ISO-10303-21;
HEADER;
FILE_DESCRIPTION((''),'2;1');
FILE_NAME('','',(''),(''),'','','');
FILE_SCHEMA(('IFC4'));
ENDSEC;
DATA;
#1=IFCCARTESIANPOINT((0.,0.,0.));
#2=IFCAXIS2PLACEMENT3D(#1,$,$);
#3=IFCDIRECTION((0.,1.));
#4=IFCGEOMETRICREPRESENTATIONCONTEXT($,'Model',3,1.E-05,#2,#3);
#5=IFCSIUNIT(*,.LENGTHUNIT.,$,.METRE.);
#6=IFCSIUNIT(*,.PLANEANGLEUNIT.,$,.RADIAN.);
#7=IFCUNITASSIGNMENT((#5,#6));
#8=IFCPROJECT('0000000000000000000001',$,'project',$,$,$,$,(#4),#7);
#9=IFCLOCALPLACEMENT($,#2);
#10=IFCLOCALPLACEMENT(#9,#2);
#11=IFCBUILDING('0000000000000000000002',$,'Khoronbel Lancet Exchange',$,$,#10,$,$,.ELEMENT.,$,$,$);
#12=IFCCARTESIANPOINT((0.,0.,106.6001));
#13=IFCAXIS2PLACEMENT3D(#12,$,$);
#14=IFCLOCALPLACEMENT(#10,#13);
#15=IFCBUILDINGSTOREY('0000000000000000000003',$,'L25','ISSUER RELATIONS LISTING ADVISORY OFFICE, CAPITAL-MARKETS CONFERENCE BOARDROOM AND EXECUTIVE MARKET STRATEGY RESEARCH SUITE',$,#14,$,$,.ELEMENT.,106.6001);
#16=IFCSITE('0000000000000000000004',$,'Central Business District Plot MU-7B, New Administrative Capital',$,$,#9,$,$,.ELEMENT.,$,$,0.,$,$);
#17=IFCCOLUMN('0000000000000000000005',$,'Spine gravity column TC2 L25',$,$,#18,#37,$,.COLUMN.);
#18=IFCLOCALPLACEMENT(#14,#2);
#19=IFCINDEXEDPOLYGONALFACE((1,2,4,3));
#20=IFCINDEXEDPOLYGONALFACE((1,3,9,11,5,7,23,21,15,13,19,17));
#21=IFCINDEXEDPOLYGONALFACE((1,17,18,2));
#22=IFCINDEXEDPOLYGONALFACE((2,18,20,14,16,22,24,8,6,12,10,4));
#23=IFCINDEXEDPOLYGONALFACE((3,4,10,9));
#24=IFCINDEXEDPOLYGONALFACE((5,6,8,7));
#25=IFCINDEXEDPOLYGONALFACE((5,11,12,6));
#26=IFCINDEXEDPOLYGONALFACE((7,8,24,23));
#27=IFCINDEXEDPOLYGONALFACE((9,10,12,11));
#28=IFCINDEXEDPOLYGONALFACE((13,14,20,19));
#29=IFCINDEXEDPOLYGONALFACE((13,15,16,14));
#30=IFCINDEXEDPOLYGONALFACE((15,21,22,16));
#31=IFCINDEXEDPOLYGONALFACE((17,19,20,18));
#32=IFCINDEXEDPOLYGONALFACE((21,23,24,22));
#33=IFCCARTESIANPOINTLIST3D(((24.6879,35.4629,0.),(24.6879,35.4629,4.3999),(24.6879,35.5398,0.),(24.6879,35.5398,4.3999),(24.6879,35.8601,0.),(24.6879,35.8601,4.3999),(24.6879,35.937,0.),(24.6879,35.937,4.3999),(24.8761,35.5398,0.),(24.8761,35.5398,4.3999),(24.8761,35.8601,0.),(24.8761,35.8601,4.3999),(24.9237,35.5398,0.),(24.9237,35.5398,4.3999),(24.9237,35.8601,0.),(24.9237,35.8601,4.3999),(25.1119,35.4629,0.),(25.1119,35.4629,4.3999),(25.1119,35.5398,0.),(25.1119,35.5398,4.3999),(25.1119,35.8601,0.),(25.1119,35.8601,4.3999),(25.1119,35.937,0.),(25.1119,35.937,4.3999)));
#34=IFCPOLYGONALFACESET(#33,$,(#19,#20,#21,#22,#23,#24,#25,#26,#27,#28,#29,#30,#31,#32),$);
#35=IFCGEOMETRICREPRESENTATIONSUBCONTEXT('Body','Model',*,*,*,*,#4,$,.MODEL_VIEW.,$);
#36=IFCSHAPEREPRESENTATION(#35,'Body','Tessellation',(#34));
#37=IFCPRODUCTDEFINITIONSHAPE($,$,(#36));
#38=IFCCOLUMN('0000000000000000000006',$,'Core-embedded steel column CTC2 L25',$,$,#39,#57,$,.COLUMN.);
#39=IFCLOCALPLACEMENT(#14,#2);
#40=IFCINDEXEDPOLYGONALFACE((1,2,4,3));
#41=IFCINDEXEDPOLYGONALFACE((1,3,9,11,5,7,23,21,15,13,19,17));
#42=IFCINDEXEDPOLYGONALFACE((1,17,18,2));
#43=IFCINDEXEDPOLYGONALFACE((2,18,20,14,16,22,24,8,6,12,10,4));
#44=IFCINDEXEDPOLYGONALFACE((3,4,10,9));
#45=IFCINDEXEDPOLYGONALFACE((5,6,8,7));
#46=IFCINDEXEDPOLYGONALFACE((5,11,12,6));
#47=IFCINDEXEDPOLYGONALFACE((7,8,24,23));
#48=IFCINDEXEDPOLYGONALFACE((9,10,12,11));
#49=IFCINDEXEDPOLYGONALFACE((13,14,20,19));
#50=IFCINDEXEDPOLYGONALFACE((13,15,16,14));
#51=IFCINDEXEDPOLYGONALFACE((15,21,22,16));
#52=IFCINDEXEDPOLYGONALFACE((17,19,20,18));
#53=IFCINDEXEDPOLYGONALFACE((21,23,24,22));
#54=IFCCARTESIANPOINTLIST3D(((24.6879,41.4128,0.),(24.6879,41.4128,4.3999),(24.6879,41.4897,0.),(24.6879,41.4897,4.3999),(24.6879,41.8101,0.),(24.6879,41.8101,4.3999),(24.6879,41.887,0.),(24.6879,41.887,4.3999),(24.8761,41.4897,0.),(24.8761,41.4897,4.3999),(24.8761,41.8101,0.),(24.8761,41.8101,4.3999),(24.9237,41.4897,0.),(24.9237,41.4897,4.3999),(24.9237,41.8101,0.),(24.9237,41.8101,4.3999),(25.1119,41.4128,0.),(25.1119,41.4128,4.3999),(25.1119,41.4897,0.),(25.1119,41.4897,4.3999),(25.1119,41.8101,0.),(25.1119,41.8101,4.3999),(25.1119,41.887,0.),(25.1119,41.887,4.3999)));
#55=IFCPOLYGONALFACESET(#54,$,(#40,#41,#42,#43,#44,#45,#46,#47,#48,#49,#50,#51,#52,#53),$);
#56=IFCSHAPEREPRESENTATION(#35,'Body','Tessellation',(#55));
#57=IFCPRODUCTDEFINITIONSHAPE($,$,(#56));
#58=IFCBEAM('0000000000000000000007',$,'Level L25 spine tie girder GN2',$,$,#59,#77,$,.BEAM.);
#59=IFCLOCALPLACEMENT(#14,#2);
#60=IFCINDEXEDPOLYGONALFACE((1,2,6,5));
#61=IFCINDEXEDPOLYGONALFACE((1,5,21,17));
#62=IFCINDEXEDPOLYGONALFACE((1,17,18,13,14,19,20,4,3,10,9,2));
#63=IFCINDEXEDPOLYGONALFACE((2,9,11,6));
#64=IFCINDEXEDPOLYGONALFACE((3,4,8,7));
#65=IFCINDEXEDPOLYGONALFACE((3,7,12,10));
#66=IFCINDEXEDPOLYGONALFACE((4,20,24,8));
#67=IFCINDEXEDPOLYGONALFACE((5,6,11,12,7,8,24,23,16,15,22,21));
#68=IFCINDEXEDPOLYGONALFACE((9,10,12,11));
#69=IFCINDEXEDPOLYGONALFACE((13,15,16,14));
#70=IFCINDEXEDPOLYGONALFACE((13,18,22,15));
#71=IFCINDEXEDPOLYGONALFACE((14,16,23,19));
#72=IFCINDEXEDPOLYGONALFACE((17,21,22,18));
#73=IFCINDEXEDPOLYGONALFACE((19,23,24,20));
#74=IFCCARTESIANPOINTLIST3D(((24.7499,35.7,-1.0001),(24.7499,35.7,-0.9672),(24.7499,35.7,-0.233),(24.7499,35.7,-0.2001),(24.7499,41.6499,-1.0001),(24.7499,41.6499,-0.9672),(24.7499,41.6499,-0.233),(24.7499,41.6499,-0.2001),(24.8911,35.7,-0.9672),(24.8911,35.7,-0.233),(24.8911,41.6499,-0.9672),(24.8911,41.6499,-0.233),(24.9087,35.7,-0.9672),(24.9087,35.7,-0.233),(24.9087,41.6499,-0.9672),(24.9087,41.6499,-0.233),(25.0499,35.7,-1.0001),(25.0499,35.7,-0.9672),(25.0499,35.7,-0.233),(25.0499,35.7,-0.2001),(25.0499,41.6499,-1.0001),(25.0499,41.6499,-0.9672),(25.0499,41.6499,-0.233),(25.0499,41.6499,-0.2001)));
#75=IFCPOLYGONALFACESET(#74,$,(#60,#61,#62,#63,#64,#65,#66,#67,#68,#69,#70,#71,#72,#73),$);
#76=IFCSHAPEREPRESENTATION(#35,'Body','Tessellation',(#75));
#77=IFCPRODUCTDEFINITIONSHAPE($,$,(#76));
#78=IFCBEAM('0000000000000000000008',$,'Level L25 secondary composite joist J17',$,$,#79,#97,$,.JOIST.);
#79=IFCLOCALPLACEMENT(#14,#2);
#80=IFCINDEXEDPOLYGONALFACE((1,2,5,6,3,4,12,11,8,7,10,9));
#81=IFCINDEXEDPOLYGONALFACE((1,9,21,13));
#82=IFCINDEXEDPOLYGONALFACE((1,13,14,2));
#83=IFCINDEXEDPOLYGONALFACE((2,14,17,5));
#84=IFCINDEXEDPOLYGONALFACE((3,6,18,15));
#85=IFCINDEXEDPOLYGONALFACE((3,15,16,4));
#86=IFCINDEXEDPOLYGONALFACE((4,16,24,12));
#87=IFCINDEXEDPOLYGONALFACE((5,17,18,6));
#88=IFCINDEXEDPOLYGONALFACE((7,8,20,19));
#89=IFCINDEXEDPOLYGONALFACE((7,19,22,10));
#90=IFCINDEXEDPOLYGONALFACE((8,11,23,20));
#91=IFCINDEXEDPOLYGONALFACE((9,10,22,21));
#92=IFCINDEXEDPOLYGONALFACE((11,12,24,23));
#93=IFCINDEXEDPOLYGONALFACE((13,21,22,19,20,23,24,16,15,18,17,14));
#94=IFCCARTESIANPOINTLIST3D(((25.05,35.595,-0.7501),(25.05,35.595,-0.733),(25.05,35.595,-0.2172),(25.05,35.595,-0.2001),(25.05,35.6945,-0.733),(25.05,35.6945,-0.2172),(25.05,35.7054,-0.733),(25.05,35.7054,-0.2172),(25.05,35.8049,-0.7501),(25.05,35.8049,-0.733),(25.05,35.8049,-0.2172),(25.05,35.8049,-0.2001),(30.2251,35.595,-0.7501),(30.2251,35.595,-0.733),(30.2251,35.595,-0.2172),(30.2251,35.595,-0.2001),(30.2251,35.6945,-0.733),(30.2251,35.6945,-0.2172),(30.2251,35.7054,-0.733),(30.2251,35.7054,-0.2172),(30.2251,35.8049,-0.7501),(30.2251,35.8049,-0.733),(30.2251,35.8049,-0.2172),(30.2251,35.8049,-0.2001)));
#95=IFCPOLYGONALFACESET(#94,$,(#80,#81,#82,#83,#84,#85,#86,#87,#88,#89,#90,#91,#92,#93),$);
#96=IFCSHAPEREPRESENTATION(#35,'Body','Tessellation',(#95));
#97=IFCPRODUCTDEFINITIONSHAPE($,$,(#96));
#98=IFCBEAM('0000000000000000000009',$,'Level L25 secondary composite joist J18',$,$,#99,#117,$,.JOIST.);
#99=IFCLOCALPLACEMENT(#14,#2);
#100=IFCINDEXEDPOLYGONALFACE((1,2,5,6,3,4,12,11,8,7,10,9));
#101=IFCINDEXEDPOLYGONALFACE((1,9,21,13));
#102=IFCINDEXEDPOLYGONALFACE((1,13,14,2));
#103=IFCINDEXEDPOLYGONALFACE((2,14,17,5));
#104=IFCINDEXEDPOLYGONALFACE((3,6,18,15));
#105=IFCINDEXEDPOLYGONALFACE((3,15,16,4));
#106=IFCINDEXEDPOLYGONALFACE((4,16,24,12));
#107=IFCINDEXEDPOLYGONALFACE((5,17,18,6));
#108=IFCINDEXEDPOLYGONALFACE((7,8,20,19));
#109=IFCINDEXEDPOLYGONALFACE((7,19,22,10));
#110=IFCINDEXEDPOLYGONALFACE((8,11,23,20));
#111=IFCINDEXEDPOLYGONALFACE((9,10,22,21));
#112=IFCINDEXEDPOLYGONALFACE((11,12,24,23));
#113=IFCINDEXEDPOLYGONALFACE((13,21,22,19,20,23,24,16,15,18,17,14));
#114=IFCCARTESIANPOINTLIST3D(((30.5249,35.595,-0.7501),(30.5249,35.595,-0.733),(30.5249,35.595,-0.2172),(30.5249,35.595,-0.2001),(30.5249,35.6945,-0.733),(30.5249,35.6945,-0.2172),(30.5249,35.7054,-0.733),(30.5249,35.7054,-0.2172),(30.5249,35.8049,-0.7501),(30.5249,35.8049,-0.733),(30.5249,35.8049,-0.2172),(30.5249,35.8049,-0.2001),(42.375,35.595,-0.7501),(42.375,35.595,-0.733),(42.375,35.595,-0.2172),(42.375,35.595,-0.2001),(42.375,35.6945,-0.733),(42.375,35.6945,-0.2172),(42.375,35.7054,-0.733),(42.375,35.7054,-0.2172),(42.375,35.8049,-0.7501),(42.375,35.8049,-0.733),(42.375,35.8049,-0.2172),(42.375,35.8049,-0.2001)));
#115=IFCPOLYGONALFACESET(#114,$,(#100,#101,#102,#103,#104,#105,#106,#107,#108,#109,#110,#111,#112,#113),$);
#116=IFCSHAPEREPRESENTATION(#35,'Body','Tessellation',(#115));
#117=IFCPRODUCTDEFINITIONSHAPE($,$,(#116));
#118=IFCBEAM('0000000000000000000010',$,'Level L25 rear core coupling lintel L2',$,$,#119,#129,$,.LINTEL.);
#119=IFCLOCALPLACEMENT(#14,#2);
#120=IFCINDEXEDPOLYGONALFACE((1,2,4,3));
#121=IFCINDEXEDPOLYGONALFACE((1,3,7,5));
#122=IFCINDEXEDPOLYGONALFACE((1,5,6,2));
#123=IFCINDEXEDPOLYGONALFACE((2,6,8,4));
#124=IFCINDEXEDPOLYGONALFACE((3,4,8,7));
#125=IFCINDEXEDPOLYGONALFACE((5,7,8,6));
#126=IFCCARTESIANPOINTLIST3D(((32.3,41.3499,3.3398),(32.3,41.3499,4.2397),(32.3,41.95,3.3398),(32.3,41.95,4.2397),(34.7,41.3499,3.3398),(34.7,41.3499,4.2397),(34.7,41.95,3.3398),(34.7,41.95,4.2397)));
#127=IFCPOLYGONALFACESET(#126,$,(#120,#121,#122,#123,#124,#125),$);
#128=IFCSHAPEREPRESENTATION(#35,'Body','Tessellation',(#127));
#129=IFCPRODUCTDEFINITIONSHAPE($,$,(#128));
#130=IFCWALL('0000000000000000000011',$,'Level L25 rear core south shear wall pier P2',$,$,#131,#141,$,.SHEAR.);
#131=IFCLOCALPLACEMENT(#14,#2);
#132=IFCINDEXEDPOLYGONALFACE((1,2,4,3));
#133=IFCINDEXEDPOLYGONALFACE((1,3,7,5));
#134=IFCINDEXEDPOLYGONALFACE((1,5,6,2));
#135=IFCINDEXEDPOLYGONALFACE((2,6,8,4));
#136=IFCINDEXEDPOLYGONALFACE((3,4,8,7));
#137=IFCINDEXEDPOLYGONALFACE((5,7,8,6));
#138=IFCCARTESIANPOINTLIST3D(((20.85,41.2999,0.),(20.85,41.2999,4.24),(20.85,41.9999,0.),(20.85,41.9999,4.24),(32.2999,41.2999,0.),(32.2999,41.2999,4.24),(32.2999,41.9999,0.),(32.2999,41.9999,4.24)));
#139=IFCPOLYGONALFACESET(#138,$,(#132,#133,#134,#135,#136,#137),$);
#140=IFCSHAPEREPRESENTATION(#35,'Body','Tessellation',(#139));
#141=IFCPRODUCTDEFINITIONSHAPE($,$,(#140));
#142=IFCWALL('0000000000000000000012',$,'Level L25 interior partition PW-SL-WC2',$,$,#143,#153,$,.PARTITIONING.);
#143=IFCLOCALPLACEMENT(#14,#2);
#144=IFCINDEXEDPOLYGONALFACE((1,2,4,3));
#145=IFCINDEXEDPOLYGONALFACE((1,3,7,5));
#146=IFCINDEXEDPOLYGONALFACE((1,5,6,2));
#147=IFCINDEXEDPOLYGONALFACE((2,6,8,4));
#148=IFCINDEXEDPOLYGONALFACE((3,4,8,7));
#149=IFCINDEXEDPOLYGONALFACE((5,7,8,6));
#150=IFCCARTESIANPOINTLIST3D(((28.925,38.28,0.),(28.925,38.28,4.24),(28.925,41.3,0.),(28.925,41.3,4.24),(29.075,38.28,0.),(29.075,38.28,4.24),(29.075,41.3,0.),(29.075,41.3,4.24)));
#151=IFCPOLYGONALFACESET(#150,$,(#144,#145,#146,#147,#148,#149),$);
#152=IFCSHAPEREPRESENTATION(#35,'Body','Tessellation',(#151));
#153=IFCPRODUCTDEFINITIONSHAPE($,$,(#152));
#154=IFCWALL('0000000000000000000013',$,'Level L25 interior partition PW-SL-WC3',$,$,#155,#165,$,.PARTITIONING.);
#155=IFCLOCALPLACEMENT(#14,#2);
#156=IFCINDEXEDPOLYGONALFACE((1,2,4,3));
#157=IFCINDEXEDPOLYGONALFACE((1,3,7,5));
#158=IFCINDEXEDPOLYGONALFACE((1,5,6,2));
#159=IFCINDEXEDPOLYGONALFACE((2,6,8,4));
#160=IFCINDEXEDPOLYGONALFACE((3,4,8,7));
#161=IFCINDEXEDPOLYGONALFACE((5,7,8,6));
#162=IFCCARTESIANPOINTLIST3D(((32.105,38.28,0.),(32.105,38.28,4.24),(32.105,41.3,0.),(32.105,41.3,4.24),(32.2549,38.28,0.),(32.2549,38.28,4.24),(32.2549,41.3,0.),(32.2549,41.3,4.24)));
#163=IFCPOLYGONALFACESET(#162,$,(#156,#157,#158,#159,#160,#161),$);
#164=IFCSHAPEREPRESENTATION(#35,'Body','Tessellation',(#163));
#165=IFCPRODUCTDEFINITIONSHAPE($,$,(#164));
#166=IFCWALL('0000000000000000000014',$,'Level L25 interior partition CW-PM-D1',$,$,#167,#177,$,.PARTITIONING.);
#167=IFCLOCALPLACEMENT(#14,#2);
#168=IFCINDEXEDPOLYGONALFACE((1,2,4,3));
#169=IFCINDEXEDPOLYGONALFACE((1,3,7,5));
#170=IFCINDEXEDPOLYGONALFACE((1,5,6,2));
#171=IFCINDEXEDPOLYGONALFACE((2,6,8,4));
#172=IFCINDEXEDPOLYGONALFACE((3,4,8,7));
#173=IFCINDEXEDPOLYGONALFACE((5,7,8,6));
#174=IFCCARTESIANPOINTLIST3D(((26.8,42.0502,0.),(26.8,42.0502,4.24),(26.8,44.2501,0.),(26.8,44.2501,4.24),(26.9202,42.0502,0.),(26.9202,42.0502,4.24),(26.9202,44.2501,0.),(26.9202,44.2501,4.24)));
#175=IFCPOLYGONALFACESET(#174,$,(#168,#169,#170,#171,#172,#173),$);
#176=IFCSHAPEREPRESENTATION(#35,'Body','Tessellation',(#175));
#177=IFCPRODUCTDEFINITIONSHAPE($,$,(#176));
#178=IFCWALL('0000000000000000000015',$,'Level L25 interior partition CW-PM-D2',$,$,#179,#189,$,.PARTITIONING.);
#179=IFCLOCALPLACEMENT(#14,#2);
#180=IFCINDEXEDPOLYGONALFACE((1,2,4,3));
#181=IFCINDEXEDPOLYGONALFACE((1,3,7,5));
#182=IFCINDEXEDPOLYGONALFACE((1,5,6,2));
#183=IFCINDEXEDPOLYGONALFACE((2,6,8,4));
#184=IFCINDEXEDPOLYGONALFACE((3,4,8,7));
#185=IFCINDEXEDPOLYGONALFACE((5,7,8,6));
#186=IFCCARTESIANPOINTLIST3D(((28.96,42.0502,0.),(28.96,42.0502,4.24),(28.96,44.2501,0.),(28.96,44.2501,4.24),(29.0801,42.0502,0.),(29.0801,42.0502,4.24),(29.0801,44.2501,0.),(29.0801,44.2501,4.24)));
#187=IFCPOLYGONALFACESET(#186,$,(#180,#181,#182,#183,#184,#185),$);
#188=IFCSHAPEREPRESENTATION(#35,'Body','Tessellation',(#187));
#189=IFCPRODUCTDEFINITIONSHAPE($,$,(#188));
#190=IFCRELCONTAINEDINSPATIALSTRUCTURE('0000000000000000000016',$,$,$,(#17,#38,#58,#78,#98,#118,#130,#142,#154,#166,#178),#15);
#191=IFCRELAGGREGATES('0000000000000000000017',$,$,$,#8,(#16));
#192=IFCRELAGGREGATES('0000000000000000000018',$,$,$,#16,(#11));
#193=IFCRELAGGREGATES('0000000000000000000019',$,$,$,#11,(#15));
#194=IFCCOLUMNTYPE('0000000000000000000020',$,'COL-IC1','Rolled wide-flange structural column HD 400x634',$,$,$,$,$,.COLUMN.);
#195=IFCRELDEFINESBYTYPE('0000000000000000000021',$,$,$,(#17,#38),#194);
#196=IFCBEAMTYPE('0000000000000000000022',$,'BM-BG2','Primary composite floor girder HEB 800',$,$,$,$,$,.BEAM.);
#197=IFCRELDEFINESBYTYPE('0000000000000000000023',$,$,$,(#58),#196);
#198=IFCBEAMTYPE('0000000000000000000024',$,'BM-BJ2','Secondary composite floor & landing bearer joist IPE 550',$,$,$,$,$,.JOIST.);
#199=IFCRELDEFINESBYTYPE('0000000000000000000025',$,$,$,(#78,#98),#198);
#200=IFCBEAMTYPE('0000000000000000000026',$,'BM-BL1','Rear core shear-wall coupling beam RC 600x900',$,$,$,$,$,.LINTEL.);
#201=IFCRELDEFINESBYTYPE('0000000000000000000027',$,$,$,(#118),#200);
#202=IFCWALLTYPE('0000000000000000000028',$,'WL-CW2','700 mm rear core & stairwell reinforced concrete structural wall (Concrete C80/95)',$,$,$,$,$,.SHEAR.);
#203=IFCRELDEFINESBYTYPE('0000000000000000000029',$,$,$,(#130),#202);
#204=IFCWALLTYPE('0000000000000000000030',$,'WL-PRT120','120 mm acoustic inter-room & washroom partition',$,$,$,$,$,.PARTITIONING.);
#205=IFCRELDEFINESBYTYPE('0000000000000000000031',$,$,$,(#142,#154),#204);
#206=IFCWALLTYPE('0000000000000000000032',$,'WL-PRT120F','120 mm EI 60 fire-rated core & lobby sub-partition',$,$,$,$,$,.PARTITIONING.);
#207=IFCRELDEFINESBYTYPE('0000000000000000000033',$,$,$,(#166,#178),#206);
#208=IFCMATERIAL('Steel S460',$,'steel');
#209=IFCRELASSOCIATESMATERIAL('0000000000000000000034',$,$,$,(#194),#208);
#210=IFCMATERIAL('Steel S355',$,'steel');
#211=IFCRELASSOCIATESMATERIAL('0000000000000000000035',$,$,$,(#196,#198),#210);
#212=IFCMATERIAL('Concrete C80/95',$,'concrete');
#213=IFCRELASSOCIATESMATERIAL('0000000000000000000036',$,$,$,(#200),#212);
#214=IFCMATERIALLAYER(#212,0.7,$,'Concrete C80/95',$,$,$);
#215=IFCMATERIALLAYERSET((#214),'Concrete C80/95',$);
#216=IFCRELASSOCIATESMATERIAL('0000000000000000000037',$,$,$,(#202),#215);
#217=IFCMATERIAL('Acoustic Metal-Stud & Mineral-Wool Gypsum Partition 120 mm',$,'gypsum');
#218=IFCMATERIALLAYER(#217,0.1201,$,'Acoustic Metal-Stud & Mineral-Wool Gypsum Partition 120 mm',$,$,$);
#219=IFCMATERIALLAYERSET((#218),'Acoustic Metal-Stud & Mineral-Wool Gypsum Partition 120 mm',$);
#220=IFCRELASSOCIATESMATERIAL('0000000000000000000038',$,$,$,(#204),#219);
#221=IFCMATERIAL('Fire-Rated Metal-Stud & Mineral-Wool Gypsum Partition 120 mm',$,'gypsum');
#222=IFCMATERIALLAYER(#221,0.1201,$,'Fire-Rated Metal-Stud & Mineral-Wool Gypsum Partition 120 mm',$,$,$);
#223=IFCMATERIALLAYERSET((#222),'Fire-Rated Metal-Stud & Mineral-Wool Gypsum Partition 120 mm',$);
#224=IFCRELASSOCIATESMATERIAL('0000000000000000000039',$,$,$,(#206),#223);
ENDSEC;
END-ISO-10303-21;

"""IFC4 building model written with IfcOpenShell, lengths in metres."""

from ifc_helpers import new_model, si_unit, direction, frame, frame_2d, origin, origin_2d, place, context, subcontext, project, spatial, rectangle, i_section, extrude, material, layer, layer_set, material_profile, profile_set, type_object, element, save


model = new_model("IFC4")

# Units and contexts
model_context = context("Model", 3, precision=1e-05, world=origin(), true_north=direction((0.0, 1.0)))
body_context = subcontext(model_context, "Body", "Model", "MODEL_VIEW")
ifc_project = project(units=[si_unit("LENGTHUNIT", "METRE"), si_unit("PLANEANGLEUNIT", "RADIAN")], contexts=[model_context])

# Site, building, storey
site_placement = place(None, origin())
site = spatial("IfcSite", under=ifc_project, at=site_placement, Name="Central Business District Plot MU-7B, New Administrative Capital", CompositionType="ELEMENT", RefElevation=0.0)
building_placement = place(site_placement, origin())
building = spatial("IfcBuilding", under=site, at=building_placement, Name="Khoronbel Lancet Exchange", CompositionType="ELEMENT")
storey_placement = place(building_placement, frame((0.0, 0.0, 106.6001)))
storey = spatial("IfcBuildingStorey", under=building, at=storey_placement, Name="L25", Description="ISSUER RELATIONS LISTING ADVISORY OFFICE, CAPITAL-MARKETS CONFERENCE BOARDROOM AND EXECUTIVE MARKET STRATEGY RESEARCH SUITE", CompositionType="ELEMENT", Elevation=106.6001)

# Columns
ifc_material_1 = material(Name="Steel S460", Category="steel")
ifc_material_profile_1 = material_profile(ifc_material_1, i_section(OverallWidth=0.4241, OverallDepth=0.4741, WebThickness=0.0476, FlangeThickness=0.0769, at=origin_2d()), Name="HD 400x634")
ifc_profile_set_1 = profile_set([ifc_material_profile_1], Name="Steel S460")
column_type = type_object("IfcColumnType", Name="COL-IC1", Description="Rolled wide-flange structural column HD 400x634", PredefinedType="COLUMN", material=ifc_profile_set_1)
for number, where, z_axis, x_axis, name in (
    (1, (24.8999, 35.7, 0.0), (0.0, 0.0, 1.0), (1.0, 0.0, 0.0), "Spine gravity column TC2 L25"),
    (2, (24.8999, 41.6499, 0.0), (0.0, 0.0, 1.0), (1.0, 0.0, 0.0), "Core-embedded steel column CTC2 L25"),
):
    element("IfcColumn", number, at=place(storey_placement, frame(where, z_axis=z_axis, x_axis=x_axis)), inside=storey, type_object=column_type, Name=name, PredefinedType="COLUMN", context=body_context, shape_type="SweptSolid", body=[
        extrude(i_section(OverallWidth=0.4241, OverallDepth=0.4741, WebThickness=0.0476, FlangeThickness=0.0769, at=origin_2d()), origin(), (0.0, 0.0, 1.0), 4.3999),
    ])

# Beams
ifc_material_2 = material(Name="Steel S355", Category="steel")
ifc_material_profile_2 = material_profile(ifc_material_2, i_section(OverallWidth=0.3, OverallDepth=0.8, WebThickness=0.0176, FlangeThickness=0.033, at=origin_2d()), Name="HEB 800")
ifc_profile_set_2 = profile_set([ifc_material_profile_2], Name="Steel S355")
beam_type_1 = type_object("IfcBeamType", Name="BM-BG2", Description="Primary composite floor girder HEB 800", PredefinedType="BEAM", material=ifc_profile_set_2)
beam_1_placement = place(storey_placement, frame((24.8999, 35.7, -0.6001), z_axis=(0.0, 1.0, 0.0), x_axis=(-1.0, 0.0, 0.0)))
element("IfcBeam", 3, at=beam_1_placement, inside=storey, type_object=beam_type_1, Name="Level L25 spine tie girder GN2", PredefinedType="BEAM", context=body_context, shape_type="SweptSolid", body=[
    extrude(i_section(OverallWidth=0.3, OverallDepth=0.8, WebThickness=0.0176, FlangeThickness=0.033, at=origin_2d()), origin(), (0.0, 0.0, 1.0), 5.95),
])
ifc_material_profile_3 = material_profile(ifc_material_2, i_section(OverallWidth=0.21, OverallDepth=0.55, WebThickness=0.011, FlangeThickness=0.0171, at=origin_2d()), Name="IPE 550")
ifc_profile_set_3 = profile_set([ifc_material_profile_3], Name="Steel S355")
beam_type_2 = type_object("IfcBeamType", Name="BM-BJ2", Description="Secondary composite floor & landing bearer joist IPE 550", PredefinedType="JOIST", material=ifc_profile_set_3)
beam_2_placement = place(storey_placement, frame((25.05, 35.7, -0.4751), z_axis=(1.0, 0.0, 0.0), x_axis=(0.0, 1.0, 0.0)))
element("IfcBeam", 4, at=beam_2_placement, inside=storey, type_object=beam_type_2, Name="Level L25 secondary composite joist J17", PredefinedType="JOIST", context=body_context, shape_type="SweptSolid", body=[
    extrude(i_section(OverallWidth=0.21, OverallDepth=0.55, WebThickness=0.011, FlangeThickness=0.0171, at=origin_2d()), origin(), (0.0, 0.0, 1.0), 5.175),
])
beam_3_placement = place(storey_placement, frame((30.5249, 35.7, -0.4751), z_axis=(1.0, 0.0, 0.0), x_axis=(0.0, 1.0, 0.0)))
element("IfcBeam", 5, at=beam_3_placement, inside=storey, type_object=beam_type_2, Name="Level L25 secondary composite joist J18", PredefinedType="JOIST", context=body_context, shape_type="SweptSolid", body=[
    extrude(i_section(OverallWidth=0.21, OverallDepth=0.55, WebThickness=0.011, FlangeThickness=0.0171, at=origin_2d()), origin(), (0.0, 0.0, 1.0), 11.8501),
])
ifc_material_3 = material(Name="Concrete C80/95", Category="concrete")
ifc_material_profile_4 = material_profile(ifc_material_3, rectangle(XDim=0.6001, YDim=0.8999, at=origin_2d()), Name="RC 600x900")
ifc_profile_set_4 = profile_set([ifc_material_profile_4], Name="Concrete C80/95")
beam_type_3 = type_object("IfcBeamType", Name="BM-BL1", Description="Rear core shear-wall coupling beam RC 600x900", PredefinedType="LINTEL", material=ifc_profile_set_4)
beam_4_placement = place(storey_placement, frame((32.3, 41.6499, 3.7898), z_axis=(1.0, 0.0, 0.0), x_axis=(0.0, 1.0, 0.0)))
element("IfcBeam", 6, at=beam_4_placement, inside=storey, type_object=beam_type_3, Name="Level L25 rear core coupling lintel L2", PredefinedType="LINTEL", context=body_context, shape_type="SweptSolid", body=[
    extrude(rectangle(XDim=0.6001, YDim=0.8999, at=origin_2d()), origin(), (0.0, 0.0, 1.0), 2.3999),
])

# Walls
ifc_layer_1 = layer(ifc_material_3, 0.7, Name="Concrete C80/95")
ifc_layer_set_1 = layer_set([ifc_layer_1], Name="Concrete C80/95")
wall_type_1 = type_object("IfcWallType", Name="WL-CW2", Description="700 mm rear core & stairwell reinforced concrete structural wall (Concrete C80/95)", PredefinedType="SHEAR", material=ifc_layer_set_1)
wall_1_placement = place(storey_placement, frame((32.3, 41.6499, 0.0), z_axis=(0.0, 0.0, 1.0), x_axis=(-1.0, 0.0, 0.0)))
element("IfcWall", 7, at=wall_1_placement, inside=storey, type_object=wall_type_1, Name="Level L25 rear core south shear wall pier P2", PredefinedType="SHEAR", context=body_context, shape_type="SweptSolid", body=[
    extrude(rectangle(XDim=11.45, YDim=0.7, at=frame_2d((5.7251, 0.0))), origin(), (0.0, 0.0, 1.0), 4.24),
])
ifc_material_4 = material(Name="Acoustic Metal-Stud & Mineral-Wool Gypsum Partition 120 mm", Category="gypsum")
ifc_layer_2 = layer(ifc_material_4, 0.1201, Name="Acoustic Metal-Stud & Mineral-Wool Gypsum Partition 120 mm")
ifc_layer_set_2 = layer_set([ifc_layer_2], Name="Acoustic Metal-Stud & Mineral-Wool Gypsum Partition 120 mm")
wall_type_2 = type_object("IfcWallType", Name="WL-PRT120", Description="120 mm acoustic inter-room & washroom partition", PredefinedType="PARTITIONING", material=ifc_layer_set_2)
for number, where, z_axis, x_axis, name in (
    (8, (29.0, 38.28, 0.0), (0.0, 0.0, 1.0), (0.0, 1.0, 0.0), "Level L25 interior partition PW-SL-WC2"),
    (9, (32.1799, 38.28, 0.0), (0.0, 0.0, 1.0), (0.0, 1.0, 0.0), "Level L25 interior partition PW-SL-WC3"),
):
    element("IfcWall", number, at=place(storey_placement, frame(where, z_axis=z_axis, x_axis=x_axis)), inside=storey, type_object=wall_type_2, Name=name, PredefinedType="PARTITIONING", context=body_context, shape_type="SweptSolid", body=[
        extrude(rectangle(XDim=3.02, YDim=0.1499, at=frame_2d((1.51, 0.0))), origin(), (0.0, 0.0, 1.0), 4.24),
    ])
ifc_material_5 = material(Name="Fire-Rated Metal-Stud & Mineral-Wool Gypsum Partition 120 mm", Category="gypsum")
ifc_layer_3 = layer(ifc_material_5, 0.1201, Name="Fire-Rated Metal-Stud & Mineral-Wool Gypsum Partition 120 mm")
ifc_layer_set_3 = layer_set([ifc_layer_3], Name="Fire-Rated Metal-Stud & Mineral-Wool Gypsum Partition 120 mm")
wall_type_3 = type_object("IfcWallType", Name="WL-PRT120F", Description="120 mm EI 60 fire-rated core & lobby sub-partition", PredefinedType="PARTITIONING", material=ifc_layer_set_3)
for number, where, z_axis, x_axis, name in (
    (10, (26.8601, 42.05, 0.0), (0.0, 0.0, 1.0), (0.0, 1.0, 0.0), "Level L25 interior partition CW-PM-D1"),
    (11, (29.02, 42.05, 0.0), (0.0, 0.0, 1.0), (0.0, 1.0, 0.0), "Level L25 interior partition CW-PM-D2"),
):
    element("IfcWall", number, at=place(storey_placement, frame(where, z_axis=z_axis, x_axis=x_axis)), inside=storey, type_object=wall_type_3, Name=name, PredefinedType="PARTITIONING", context=body_context, shape_type="SweptSolid", body=[
        extrude(rectangle(XDim=2.2, YDim=0.1201, at=frame_2d((1.1001, 0.0))), origin(), (0.0, 0.0, 1.0), 4.24),
    ])

save(model, "model.ifc")
